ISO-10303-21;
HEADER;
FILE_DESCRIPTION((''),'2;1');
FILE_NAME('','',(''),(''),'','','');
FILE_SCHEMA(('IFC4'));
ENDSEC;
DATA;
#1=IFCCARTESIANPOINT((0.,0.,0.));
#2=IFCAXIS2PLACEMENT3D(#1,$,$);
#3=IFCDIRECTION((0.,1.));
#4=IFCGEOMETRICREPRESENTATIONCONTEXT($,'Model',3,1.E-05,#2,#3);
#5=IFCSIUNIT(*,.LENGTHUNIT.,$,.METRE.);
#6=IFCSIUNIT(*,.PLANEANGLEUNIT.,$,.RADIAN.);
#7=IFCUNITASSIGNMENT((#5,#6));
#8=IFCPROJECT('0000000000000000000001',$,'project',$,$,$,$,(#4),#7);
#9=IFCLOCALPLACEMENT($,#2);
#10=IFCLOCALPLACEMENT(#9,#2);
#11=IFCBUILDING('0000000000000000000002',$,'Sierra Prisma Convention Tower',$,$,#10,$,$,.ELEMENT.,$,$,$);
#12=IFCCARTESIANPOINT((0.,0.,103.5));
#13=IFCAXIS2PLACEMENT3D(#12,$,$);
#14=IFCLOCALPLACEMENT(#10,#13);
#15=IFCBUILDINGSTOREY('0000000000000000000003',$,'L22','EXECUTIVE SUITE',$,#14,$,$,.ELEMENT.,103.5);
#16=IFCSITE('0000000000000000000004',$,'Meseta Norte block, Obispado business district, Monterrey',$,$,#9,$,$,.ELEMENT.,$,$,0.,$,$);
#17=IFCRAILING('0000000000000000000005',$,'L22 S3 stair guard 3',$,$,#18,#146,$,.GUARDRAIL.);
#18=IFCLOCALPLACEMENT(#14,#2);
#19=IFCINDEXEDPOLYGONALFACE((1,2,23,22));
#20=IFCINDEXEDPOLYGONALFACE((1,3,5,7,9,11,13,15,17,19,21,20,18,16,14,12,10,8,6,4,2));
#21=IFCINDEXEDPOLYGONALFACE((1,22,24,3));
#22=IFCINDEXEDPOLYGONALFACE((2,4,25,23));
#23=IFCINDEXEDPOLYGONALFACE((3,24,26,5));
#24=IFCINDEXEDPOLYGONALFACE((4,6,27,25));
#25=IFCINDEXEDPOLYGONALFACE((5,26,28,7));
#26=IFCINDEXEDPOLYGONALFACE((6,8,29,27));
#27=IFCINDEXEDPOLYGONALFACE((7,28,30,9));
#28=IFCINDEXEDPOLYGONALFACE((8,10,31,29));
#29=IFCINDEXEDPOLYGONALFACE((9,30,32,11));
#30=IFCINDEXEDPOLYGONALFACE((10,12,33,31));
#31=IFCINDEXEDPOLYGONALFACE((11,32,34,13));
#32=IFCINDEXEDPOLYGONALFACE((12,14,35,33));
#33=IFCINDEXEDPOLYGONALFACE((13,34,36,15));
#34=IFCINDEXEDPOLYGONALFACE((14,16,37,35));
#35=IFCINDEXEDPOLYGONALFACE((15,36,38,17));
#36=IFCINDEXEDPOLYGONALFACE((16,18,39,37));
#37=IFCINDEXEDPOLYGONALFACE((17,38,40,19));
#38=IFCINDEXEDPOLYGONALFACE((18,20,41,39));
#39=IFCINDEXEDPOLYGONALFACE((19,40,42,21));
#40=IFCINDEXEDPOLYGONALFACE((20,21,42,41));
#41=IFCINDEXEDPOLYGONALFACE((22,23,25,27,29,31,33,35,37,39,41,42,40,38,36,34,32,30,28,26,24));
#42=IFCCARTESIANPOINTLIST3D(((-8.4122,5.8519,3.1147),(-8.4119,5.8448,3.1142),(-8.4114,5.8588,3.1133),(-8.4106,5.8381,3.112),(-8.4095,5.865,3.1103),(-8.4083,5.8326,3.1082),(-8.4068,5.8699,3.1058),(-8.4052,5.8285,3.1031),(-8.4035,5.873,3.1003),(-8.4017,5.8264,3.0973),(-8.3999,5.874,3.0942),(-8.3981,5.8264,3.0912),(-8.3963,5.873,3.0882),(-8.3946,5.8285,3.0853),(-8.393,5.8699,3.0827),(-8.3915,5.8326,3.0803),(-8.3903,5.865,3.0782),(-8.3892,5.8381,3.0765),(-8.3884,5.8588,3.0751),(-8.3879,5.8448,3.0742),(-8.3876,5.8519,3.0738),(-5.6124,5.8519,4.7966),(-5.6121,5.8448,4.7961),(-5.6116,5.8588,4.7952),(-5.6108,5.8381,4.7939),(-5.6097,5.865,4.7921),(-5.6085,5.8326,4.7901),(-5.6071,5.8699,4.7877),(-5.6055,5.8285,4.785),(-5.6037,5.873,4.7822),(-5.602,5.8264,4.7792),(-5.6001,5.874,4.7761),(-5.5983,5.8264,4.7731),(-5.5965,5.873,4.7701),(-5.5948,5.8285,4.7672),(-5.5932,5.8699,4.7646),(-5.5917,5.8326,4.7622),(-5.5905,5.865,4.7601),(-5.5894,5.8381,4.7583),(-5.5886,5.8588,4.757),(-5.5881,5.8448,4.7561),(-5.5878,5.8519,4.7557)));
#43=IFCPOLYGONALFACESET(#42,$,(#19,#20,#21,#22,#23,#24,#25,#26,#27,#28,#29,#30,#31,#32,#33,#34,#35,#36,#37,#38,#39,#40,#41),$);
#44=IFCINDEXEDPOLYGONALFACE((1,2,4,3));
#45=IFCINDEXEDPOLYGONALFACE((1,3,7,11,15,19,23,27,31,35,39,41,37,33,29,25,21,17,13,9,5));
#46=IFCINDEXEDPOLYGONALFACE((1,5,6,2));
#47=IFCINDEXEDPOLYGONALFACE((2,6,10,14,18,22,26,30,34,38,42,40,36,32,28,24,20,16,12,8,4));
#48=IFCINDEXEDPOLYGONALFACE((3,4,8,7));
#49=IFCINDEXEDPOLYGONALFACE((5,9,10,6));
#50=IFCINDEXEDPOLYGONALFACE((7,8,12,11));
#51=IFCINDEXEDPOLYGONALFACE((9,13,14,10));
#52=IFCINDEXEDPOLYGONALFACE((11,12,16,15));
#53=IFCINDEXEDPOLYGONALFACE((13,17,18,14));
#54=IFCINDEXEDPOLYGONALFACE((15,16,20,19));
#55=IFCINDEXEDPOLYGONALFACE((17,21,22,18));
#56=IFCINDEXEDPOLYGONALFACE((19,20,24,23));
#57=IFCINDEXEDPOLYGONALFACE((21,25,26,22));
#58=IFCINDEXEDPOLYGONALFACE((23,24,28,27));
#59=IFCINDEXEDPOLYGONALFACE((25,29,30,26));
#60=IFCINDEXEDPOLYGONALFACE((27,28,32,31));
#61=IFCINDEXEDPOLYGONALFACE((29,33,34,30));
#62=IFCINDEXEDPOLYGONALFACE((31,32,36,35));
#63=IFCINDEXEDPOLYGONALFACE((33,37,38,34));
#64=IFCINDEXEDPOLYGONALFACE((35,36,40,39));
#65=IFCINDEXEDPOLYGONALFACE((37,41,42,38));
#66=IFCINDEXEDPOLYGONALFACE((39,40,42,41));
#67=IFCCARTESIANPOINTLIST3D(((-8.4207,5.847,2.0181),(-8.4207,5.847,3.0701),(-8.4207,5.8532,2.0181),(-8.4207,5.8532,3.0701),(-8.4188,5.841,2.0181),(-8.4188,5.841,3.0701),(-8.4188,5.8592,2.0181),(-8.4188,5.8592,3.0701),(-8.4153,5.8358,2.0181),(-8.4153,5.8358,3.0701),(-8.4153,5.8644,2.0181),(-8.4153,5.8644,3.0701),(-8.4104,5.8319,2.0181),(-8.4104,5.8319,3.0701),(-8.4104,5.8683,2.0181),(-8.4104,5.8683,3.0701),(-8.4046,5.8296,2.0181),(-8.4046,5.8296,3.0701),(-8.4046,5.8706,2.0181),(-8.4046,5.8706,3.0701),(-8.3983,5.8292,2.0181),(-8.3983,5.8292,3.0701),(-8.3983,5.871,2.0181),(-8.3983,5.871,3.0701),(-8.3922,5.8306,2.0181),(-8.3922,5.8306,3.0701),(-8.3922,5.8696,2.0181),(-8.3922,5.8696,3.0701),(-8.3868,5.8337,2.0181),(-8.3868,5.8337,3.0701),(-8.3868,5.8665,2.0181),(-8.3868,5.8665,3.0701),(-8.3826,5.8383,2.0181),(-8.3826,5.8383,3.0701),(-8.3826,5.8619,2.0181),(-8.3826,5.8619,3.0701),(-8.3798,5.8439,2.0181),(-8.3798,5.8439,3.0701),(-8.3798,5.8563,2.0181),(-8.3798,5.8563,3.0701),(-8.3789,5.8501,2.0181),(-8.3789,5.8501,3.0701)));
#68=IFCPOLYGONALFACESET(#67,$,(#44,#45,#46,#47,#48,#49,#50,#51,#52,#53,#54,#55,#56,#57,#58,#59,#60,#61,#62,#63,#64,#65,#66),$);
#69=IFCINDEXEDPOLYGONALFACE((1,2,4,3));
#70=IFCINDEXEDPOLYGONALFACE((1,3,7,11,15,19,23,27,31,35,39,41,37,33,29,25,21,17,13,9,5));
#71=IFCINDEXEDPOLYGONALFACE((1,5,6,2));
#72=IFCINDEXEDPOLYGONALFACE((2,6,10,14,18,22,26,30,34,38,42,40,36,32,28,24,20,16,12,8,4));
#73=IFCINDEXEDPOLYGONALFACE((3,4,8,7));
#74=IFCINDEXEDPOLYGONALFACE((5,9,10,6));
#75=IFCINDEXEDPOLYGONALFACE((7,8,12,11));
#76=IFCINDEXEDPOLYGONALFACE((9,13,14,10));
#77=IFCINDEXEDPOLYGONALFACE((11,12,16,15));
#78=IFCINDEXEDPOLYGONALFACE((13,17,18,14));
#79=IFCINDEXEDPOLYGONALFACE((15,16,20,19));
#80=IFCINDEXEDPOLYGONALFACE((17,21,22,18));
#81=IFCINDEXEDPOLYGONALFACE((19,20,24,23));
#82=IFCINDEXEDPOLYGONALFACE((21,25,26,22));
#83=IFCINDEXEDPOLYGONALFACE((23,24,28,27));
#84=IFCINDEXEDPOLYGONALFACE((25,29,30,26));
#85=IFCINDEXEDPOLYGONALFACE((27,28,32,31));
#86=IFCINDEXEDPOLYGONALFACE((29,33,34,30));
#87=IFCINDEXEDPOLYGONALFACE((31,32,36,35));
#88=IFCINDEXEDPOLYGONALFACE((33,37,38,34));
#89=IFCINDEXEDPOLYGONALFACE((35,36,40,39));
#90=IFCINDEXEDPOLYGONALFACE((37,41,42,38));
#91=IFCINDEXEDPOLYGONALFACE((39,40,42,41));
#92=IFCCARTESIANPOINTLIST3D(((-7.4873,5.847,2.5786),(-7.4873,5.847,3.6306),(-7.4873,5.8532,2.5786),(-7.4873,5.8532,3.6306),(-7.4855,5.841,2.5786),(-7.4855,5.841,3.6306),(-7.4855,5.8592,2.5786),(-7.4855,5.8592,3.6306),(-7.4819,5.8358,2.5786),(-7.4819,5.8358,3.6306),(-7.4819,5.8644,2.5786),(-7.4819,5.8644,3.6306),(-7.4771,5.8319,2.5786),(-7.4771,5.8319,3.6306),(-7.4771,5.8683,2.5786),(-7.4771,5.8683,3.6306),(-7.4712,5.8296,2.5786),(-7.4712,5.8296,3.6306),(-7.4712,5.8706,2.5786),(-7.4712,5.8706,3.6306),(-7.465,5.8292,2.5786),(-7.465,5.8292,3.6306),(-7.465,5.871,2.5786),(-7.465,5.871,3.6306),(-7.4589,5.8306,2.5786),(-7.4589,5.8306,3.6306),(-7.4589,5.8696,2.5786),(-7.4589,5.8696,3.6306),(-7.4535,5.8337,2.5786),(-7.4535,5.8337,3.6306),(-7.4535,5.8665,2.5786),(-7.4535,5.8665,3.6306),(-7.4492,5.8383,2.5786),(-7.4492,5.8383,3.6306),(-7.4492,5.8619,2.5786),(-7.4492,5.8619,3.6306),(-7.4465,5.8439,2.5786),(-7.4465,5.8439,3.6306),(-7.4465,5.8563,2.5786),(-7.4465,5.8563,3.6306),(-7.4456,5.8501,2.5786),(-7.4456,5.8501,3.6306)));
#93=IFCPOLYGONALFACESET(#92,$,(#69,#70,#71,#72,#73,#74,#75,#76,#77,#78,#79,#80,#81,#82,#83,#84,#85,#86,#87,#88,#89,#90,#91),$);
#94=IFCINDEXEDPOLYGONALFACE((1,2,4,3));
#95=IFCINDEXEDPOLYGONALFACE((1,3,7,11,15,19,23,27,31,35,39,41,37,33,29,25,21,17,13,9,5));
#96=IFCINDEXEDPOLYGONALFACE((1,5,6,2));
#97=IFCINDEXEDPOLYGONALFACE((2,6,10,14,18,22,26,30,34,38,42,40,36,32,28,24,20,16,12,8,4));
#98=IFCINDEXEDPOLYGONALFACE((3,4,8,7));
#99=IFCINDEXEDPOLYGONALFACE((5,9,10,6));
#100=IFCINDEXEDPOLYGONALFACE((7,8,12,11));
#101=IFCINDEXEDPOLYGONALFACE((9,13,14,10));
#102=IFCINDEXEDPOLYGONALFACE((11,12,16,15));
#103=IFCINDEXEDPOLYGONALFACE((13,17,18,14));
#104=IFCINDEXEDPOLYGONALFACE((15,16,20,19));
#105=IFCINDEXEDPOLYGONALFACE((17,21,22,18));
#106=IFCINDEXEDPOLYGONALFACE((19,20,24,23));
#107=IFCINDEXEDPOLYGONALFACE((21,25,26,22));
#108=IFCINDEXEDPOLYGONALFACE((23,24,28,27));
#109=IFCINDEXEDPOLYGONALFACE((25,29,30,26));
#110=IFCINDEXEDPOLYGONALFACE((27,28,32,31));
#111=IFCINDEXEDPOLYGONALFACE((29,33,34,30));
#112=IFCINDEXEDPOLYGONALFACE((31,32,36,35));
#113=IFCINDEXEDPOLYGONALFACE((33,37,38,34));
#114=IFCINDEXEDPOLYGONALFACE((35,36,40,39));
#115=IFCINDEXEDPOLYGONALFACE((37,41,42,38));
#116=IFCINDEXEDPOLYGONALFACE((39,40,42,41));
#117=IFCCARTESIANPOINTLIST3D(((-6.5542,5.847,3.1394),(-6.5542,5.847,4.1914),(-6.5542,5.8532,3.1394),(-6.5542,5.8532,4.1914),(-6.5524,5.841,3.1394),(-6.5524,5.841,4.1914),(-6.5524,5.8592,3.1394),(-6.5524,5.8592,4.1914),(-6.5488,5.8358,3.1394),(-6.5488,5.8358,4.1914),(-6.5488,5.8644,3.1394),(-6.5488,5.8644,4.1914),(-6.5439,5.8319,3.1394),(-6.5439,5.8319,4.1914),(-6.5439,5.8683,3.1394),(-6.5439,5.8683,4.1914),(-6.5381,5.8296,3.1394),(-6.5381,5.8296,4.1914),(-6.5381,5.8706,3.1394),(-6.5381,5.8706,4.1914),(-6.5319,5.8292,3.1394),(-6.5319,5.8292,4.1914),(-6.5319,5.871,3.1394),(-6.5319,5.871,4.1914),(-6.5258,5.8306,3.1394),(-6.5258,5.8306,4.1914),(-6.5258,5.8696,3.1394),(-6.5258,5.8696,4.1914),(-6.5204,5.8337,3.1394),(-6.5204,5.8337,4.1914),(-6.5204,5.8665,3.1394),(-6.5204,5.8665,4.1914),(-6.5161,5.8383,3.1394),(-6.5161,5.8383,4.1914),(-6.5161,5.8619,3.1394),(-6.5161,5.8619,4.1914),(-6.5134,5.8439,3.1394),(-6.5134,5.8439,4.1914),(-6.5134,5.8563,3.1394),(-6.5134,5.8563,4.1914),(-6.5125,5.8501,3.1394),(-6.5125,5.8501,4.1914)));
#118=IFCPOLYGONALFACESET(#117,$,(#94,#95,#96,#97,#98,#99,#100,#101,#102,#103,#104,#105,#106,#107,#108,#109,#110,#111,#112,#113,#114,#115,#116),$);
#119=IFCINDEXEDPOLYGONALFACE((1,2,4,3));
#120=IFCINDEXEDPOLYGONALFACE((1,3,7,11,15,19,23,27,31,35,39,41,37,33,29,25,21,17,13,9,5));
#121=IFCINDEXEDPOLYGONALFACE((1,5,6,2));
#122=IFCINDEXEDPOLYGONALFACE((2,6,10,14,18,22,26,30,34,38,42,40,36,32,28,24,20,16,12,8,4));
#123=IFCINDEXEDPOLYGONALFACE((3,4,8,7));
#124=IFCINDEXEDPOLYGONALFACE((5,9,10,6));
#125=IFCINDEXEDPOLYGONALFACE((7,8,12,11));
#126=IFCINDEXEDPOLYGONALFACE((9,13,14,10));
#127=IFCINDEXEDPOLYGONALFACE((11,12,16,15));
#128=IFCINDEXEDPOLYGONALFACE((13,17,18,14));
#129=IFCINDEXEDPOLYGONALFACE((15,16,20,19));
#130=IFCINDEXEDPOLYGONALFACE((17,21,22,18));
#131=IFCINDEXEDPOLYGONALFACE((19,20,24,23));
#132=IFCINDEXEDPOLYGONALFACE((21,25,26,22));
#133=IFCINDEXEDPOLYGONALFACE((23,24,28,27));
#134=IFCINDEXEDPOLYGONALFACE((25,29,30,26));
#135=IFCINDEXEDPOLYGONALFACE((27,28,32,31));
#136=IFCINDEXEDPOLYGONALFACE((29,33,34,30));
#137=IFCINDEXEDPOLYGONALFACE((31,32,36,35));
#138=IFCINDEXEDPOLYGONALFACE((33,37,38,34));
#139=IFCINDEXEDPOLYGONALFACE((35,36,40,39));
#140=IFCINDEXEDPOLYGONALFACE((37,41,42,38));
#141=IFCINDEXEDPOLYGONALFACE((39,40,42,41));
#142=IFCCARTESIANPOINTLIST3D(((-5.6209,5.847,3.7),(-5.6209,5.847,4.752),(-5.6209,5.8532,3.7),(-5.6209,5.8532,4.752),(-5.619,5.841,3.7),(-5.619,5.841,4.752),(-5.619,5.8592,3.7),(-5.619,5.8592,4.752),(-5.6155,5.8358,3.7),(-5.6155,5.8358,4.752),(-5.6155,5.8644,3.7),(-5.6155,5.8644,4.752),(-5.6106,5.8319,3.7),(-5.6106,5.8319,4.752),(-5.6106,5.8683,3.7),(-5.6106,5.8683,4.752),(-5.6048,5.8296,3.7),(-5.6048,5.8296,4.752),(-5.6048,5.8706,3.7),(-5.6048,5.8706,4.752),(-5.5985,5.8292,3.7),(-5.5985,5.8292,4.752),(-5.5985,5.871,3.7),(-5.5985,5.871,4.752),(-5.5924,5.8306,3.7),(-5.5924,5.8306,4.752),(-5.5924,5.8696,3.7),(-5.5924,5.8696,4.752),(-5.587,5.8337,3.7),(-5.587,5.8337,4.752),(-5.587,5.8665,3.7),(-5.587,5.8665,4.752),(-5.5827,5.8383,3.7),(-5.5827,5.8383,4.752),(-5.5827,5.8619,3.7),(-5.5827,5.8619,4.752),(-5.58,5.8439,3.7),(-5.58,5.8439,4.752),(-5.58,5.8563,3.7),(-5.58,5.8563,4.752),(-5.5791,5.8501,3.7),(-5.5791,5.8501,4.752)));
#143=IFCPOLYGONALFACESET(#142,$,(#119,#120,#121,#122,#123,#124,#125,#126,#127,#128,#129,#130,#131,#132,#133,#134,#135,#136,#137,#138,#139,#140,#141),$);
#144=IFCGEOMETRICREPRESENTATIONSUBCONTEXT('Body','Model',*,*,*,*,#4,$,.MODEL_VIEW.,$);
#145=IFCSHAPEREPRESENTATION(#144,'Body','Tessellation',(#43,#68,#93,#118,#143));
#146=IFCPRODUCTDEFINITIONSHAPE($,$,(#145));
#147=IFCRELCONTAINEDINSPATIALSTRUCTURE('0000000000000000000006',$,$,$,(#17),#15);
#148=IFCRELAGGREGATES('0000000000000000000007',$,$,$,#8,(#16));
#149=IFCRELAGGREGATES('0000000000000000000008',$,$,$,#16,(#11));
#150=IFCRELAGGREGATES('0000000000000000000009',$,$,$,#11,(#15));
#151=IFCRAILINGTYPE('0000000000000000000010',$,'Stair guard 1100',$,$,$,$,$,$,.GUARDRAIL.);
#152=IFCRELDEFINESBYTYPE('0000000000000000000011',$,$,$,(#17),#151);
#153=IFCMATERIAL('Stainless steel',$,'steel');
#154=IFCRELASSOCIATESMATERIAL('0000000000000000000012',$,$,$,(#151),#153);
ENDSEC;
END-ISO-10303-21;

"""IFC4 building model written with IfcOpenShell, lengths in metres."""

from ifc_helpers import new_model, si_unit, direction, frame, origin, origin_2d, place, context, subcontext, project, spatial, circle, extrude, material, type_object, element, save


model = new_model("IFC4")

# Units and contexts
model_context = context("Model", 3, precision=1e-05, world=origin(), true_north=direction((0.0, 1.0)))
body_context = subcontext(model_context, "Body", "Model", "MODEL_VIEW")
ifc_project = project(units=[si_unit("LENGTHUNIT", "METRE"), si_unit("PLANEANGLEUNIT", "RADIAN")], contexts=[model_context])

# Site, building, storey
site_placement = place(None, origin())
site = spatial("IfcSite", under=ifc_project, at=site_placement, Name="Meseta Norte block, Obispado business district, Monterrey", CompositionType="ELEMENT", RefElevation=0.0)
building_placement = place(site_placement, origin())
building = spatial("IfcBuilding", under=site, at=building_placement, Name="Sierra Prisma Convention Tower", CompositionType="ELEMENT")
storey_placement = place(building_placement, frame((0.0, 0.0, 103.5)))
storey = spatial("IfcBuildingStorey", under=building, at=storey_placement, Name="L22", Description="EXECUTIVE SUITE", CompositionType="ELEMENT", Elevation=103.5)

# Railing
ifc_material_1 = material(Name="Stainless steel", Category="steel")
railing_type_1 = type_object("IfcRailingType", Name="Stair guard 1100", PredefinedType="GUARDRAIL", material=ifc_material_1)
railing_1_placement = place(storey_placement, frame((-8.3999, 5.8501, 2.0181)))
element("IfcRailing", 1, at=railing_1_placement, inside=storey, type_object=railing_type_1, Name="L22 S3 stair guard 3", PredefinedType="GUARDRAIL", context=body_context, shape_type="SweptSolid", body=[
    extrude(circle(Radius=0.0239, at=origin_2d()), frame((0.0, 0.0, 1.0762), z_axis=(0.857222, 0.0, 0.514946), x_axis=(0.0, 1.0, 0.0)), (0.0, 0.0, 1.0), 3.2661),
    extrude(circle(Radius=0.021, at=origin_2d()), origin(), (0.0, 0.0, 1.0), 1.052),
    extrude(circle(Radius=0.021, at=origin_2d()), frame((0.9333, 0.0, 0.5605)), (0.0, 0.0, 1.0), 1.052),
    extrude(circle(Radius=0.021, at=origin_2d()), frame((1.8665, 0.0, 1.1213)), (0.0, 0.0, 1.0), 1.052),
    extrude(circle(Radius=0.021, at=origin_2d()), frame((2.7998, 0.0, 1.6819)), (0.0, 0.0, 1.0), 1.052),
])

save(model, "model.ifc")
